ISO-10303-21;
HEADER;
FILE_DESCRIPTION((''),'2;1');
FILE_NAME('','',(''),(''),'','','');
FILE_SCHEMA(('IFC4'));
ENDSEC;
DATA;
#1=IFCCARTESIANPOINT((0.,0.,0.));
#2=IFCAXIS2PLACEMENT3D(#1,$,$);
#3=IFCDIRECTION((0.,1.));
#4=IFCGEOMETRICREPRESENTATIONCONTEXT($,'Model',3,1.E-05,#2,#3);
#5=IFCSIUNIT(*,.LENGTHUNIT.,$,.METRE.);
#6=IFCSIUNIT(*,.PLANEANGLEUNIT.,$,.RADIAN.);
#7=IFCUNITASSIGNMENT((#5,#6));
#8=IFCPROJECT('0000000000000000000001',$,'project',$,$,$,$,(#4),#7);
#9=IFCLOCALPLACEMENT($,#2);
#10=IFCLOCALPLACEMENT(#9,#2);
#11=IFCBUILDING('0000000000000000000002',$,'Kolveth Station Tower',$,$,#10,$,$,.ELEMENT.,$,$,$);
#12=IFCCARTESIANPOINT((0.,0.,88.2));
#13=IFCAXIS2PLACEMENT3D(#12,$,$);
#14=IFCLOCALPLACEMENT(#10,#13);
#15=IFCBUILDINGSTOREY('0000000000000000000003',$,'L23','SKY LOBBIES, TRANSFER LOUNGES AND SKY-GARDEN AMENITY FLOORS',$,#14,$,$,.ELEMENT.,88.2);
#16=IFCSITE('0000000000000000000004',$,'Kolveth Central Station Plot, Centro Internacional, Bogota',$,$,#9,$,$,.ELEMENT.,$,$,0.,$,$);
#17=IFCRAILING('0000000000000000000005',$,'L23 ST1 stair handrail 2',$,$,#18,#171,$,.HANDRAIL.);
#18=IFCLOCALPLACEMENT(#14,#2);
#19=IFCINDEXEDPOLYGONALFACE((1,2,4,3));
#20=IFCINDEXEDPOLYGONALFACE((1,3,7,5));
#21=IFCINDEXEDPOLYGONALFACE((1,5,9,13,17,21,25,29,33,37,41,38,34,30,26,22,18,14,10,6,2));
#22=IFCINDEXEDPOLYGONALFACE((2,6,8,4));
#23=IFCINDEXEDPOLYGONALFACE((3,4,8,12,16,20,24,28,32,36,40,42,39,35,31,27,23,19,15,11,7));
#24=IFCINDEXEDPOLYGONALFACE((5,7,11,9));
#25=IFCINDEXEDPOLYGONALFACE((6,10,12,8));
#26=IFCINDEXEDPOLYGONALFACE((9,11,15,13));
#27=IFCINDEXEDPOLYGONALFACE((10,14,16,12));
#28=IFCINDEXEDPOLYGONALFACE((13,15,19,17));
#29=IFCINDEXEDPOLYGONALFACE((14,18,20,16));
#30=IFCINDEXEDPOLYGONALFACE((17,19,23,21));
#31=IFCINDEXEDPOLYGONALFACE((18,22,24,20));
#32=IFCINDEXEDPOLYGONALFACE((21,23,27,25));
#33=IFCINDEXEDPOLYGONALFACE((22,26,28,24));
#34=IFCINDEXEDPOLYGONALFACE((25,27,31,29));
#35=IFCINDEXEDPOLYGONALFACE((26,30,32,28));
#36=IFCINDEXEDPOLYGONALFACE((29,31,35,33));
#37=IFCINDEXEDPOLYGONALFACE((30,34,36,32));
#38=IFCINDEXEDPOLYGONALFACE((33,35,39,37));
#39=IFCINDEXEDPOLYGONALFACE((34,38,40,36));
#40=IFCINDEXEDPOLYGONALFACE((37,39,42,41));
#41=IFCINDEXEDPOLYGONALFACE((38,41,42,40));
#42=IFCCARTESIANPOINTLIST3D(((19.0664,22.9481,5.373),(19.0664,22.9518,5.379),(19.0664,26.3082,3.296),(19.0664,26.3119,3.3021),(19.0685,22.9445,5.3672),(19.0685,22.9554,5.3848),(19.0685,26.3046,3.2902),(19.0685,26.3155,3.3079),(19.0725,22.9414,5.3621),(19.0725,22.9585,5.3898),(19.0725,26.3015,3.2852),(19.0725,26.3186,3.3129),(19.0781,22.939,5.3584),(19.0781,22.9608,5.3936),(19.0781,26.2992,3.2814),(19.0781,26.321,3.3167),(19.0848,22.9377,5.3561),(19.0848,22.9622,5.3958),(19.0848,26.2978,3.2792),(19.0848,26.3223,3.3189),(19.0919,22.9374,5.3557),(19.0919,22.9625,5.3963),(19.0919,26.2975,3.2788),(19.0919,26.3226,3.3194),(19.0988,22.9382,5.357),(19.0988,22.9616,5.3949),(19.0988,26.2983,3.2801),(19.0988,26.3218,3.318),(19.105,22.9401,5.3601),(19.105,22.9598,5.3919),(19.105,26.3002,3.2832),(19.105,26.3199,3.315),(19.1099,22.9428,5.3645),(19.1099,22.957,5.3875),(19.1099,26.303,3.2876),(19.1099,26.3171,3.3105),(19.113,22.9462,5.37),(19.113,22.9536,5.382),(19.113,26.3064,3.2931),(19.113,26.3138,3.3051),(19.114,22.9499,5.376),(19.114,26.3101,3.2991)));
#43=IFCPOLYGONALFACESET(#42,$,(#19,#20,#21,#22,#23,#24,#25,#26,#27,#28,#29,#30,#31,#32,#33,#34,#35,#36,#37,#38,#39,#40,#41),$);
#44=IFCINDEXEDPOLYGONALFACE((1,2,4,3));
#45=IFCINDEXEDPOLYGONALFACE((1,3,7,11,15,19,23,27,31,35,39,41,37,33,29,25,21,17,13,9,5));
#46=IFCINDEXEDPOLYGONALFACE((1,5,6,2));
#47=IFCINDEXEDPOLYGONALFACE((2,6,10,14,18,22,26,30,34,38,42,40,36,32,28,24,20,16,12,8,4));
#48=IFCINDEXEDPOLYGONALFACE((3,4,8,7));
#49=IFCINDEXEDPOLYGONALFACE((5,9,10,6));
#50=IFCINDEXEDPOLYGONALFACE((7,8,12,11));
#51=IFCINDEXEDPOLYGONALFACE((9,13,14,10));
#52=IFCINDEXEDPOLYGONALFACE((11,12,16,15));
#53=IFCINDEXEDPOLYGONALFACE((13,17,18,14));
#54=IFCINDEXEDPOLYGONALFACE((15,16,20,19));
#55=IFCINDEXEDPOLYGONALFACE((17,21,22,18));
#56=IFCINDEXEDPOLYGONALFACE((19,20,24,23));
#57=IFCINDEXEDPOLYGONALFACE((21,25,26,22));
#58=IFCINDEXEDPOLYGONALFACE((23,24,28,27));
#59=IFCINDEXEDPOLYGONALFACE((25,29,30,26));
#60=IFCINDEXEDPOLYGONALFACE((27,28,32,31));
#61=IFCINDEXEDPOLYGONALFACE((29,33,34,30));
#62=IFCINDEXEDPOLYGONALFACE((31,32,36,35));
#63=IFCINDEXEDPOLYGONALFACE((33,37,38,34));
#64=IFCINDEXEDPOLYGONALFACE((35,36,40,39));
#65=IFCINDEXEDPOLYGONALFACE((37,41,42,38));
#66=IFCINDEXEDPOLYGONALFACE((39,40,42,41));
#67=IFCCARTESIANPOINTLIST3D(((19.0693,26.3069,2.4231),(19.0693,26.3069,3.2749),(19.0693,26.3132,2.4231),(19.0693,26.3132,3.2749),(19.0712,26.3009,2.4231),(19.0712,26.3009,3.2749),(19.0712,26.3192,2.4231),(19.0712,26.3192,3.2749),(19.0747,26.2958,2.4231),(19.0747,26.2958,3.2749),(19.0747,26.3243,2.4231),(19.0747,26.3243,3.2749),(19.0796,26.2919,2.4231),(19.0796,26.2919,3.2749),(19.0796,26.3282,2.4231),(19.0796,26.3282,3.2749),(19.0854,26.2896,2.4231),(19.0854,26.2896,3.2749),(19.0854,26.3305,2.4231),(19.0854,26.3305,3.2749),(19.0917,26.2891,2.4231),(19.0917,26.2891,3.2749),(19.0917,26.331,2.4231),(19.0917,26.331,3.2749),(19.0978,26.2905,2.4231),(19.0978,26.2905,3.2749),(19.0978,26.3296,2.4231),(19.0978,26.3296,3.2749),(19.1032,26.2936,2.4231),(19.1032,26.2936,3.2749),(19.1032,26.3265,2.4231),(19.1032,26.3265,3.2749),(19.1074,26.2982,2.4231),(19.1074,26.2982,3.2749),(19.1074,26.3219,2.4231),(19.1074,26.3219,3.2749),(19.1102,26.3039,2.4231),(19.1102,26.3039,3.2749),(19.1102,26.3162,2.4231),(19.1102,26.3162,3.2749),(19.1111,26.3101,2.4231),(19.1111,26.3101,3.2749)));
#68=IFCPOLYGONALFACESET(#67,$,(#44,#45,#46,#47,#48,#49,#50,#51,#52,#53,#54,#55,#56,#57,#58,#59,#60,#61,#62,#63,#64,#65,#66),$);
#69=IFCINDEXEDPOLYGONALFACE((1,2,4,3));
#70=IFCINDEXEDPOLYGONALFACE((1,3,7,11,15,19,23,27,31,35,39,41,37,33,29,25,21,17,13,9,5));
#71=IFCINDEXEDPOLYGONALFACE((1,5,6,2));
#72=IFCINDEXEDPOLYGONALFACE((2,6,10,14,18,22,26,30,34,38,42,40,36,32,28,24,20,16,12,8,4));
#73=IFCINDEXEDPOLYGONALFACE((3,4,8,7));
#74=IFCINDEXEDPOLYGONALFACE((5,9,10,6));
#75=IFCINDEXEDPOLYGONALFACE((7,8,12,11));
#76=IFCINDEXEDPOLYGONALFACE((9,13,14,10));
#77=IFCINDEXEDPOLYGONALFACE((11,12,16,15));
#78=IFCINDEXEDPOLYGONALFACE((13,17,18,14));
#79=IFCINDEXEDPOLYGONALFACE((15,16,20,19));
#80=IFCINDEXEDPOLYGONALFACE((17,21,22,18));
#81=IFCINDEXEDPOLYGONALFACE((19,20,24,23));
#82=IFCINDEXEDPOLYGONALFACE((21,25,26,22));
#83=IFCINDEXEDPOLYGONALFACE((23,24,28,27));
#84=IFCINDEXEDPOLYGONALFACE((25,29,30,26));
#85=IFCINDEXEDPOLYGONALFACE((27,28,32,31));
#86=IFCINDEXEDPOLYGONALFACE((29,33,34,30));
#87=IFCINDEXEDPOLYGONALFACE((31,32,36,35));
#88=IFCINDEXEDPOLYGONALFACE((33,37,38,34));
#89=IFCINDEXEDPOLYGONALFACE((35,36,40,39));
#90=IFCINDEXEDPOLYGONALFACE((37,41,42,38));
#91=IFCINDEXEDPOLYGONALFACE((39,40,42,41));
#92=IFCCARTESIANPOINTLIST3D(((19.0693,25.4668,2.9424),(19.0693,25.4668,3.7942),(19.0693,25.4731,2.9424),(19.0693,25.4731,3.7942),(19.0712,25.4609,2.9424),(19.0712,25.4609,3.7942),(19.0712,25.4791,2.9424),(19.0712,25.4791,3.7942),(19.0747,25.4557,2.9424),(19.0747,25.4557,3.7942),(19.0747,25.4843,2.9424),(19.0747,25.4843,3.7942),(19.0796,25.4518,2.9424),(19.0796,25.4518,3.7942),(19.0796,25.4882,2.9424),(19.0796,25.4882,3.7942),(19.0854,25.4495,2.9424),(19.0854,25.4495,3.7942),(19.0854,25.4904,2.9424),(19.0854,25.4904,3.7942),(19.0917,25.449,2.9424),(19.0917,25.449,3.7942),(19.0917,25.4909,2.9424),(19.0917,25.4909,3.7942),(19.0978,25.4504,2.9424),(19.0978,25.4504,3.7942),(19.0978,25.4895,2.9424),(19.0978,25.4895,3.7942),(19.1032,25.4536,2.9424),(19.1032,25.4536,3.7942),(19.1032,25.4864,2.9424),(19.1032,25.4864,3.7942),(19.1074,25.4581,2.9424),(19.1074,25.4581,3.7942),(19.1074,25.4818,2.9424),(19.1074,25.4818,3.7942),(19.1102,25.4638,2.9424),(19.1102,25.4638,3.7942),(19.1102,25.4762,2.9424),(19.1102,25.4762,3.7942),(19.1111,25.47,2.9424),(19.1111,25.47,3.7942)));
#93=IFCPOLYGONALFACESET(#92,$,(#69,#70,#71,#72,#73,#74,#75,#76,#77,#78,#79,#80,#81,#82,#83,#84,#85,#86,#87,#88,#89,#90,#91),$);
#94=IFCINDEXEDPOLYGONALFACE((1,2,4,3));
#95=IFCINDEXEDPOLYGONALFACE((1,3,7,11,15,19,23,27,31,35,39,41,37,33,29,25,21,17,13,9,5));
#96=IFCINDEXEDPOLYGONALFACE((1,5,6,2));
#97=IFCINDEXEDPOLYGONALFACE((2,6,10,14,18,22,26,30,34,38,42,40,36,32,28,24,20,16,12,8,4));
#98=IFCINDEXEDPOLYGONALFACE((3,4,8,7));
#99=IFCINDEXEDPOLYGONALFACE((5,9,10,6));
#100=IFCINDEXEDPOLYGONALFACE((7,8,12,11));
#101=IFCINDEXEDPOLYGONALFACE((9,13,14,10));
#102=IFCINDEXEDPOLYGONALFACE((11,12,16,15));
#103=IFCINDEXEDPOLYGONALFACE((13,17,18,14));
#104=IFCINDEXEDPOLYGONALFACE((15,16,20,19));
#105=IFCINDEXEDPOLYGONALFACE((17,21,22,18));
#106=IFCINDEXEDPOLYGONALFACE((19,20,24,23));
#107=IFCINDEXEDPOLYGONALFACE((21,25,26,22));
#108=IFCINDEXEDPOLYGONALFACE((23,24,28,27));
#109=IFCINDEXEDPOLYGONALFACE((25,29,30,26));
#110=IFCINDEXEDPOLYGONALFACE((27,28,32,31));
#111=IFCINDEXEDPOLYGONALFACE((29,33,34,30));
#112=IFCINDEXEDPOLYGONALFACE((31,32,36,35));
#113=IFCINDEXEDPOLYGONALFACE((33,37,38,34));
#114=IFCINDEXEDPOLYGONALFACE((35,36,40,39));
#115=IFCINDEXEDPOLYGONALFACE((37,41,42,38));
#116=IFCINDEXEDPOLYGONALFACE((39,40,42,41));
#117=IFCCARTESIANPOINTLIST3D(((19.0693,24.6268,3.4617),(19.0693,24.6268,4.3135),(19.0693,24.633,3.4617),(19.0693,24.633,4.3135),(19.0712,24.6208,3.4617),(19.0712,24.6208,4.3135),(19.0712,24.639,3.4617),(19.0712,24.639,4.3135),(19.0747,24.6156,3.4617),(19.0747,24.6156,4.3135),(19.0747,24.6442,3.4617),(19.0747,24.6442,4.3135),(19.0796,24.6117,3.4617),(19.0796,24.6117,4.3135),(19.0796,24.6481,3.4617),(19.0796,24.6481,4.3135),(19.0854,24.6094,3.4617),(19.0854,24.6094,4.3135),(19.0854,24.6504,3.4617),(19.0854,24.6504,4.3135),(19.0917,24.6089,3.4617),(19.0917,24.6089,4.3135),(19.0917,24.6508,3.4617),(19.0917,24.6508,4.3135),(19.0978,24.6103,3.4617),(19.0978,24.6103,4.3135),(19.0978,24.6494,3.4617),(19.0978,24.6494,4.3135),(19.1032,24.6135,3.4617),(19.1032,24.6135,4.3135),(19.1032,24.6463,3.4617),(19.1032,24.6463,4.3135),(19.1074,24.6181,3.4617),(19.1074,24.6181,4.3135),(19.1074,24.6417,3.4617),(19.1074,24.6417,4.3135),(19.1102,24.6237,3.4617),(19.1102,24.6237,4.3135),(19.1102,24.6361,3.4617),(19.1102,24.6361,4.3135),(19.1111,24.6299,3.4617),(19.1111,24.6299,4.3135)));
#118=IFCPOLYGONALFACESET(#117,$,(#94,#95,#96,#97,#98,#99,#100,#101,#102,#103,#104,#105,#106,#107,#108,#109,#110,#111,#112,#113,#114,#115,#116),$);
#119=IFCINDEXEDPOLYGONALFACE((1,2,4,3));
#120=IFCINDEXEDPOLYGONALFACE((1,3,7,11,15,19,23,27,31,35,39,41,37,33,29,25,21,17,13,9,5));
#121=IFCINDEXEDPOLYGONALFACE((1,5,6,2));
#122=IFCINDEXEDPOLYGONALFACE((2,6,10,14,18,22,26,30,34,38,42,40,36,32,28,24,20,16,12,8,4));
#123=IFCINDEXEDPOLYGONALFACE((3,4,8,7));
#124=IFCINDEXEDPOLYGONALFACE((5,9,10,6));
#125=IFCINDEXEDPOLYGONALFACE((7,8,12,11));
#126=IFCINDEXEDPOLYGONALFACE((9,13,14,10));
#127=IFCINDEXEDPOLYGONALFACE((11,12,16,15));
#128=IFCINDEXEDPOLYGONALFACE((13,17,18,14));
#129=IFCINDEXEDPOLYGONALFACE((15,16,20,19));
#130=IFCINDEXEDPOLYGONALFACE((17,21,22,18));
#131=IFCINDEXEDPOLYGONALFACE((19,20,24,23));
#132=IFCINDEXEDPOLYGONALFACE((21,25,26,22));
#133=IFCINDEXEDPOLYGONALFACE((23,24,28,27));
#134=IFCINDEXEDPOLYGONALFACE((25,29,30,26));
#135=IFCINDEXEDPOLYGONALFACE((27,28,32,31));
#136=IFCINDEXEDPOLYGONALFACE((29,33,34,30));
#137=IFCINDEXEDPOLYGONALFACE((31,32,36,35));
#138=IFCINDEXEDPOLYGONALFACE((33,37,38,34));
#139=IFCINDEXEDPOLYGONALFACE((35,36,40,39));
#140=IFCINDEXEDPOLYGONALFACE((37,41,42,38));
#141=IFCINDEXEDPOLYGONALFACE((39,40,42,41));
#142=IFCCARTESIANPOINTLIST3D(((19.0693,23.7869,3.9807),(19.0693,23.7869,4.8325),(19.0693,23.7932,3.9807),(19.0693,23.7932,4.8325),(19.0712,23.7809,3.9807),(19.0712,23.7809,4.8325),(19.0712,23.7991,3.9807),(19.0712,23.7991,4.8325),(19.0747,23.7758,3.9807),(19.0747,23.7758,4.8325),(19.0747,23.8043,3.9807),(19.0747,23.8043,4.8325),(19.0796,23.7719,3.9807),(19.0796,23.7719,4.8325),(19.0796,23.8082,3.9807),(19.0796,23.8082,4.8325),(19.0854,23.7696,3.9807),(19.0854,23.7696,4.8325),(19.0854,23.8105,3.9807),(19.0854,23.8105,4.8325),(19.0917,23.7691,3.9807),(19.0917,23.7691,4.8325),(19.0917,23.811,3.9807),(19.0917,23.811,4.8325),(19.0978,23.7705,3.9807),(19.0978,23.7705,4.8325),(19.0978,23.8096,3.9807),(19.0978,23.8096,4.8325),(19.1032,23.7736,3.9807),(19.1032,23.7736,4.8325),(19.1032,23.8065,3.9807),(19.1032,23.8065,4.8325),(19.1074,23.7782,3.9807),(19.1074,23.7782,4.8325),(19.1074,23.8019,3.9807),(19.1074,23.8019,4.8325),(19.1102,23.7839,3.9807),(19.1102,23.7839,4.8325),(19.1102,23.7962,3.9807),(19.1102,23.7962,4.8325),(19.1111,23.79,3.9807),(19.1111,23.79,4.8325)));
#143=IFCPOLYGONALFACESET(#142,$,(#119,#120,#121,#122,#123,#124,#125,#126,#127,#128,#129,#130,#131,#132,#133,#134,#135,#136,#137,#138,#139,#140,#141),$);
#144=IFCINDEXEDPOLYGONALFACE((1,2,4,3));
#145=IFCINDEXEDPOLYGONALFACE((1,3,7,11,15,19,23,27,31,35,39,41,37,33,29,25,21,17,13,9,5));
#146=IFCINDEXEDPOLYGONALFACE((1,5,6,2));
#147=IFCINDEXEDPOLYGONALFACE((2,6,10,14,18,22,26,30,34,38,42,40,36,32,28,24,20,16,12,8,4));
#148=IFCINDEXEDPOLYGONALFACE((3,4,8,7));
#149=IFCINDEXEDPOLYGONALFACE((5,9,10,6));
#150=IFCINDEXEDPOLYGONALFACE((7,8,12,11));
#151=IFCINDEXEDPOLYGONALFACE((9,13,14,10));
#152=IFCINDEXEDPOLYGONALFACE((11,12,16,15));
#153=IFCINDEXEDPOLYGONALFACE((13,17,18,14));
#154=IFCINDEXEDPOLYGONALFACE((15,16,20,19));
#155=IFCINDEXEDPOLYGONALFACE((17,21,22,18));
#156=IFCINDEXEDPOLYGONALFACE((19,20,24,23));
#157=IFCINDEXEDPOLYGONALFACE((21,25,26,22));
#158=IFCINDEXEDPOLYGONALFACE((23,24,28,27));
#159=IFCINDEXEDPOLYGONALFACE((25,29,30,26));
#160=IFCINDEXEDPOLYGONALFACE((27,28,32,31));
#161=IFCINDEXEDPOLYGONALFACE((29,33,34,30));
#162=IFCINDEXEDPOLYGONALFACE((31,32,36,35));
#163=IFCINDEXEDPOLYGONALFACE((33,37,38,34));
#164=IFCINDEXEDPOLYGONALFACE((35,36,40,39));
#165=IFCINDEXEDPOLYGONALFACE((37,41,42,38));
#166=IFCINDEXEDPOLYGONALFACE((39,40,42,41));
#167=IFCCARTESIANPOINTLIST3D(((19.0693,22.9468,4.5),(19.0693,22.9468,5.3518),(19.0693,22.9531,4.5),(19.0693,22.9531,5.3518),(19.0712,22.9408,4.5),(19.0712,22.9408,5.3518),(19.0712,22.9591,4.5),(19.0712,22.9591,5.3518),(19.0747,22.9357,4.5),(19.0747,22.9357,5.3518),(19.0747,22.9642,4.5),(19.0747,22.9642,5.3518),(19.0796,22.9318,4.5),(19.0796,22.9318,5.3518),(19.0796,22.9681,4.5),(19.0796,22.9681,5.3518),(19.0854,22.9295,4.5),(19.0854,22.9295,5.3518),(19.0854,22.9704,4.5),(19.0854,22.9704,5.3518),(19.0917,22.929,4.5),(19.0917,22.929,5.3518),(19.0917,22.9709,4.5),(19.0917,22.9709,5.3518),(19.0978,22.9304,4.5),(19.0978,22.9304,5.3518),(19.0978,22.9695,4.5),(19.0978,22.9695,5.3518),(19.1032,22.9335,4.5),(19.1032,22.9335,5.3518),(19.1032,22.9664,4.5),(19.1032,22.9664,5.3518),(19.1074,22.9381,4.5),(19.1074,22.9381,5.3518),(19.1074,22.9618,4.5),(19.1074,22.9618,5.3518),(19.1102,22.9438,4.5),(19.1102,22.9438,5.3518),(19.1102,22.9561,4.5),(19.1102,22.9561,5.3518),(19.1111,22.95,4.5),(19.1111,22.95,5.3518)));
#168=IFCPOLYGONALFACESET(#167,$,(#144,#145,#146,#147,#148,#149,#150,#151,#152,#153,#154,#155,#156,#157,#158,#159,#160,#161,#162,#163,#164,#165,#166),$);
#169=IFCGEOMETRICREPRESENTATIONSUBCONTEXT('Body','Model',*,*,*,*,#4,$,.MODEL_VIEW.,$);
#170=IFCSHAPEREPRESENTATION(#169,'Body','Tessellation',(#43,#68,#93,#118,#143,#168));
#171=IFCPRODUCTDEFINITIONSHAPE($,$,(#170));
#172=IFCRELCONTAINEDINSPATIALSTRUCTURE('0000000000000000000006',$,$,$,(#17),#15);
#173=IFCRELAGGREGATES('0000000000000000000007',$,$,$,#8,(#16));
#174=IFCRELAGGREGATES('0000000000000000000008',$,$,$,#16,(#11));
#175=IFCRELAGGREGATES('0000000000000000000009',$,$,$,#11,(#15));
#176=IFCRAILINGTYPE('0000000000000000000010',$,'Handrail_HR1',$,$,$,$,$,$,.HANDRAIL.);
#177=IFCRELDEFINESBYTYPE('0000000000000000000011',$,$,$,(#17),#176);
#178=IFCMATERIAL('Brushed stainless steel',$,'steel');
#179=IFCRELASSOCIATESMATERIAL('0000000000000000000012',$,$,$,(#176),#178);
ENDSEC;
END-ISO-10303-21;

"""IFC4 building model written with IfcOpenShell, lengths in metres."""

from ifc_helpers import new_model, si_unit, direction, frame, origin, origin_2d, place, context, subcontext, project, spatial, circle, extrude, material, type_object, element, save


model = new_model("IFC4")

# Units and contexts
model_context = context("Model", 3, precision=1e-05, world=origin(), true_north=direction((0.0, 1.0)))
body_context = subcontext(model_context, "Body", "Model", "MODEL_VIEW")
ifc_project = project(units=[si_unit("LENGTHUNIT", "METRE"), si_unit("PLANEANGLEUNIT", "RADIAN")], contexts=[model_context])

# Site, building, storey
site_placement = place(None, origin())
site = spatial("IfcSite", under=ifc_project, at=site_placement, Name="Kolveth Central Station Plot, Centro Internacional, Bogota", CompositionType="ELEMENT", RefElevation=0.0)
building_placement = place(site_placement, origin())
building = spatial("IfcBuilding", under=site, at=building_placement, Name="Kolveth Station Tower", CompositionType="ELEMENT")
storey_placement = place(building_placement, frame((0.0, 0.0, 88.2)))
storey = spatial("IfcBuildingStorey", under=building, at=storey_placement, Name="L23", Description="SKY LOBBIES, TRANSFER LOUNGES AND SKY-GARDEN AMENITY FLOORS", CompositionType="ELEMENT", Elevation=88.2)

# Railing
ifc_material_1 = material(Name="Brushed stainless steel", Category="steel")
railing_type_1 = type_object("IfcRailingType", Name="Handrail_HR1", PredefinedType="HANDRAIL", material=ifc_material_1)
railing_1_placement = place(storey_placement, frame((19.0901, 26.3101, 2.4231)))
element("IfcRailing", 1, at=railing_1_placement, inside=storey, type_object=railing_type_1, Name="L23 ST1 stair handrail 2", PredefinedType="HANDRAIL", context=body_context, shape_type="SweptSolid", body=[
    extrude(circle(Radius=0.0239, at=origin_2d()), frame((0.0, 0.0, 0.876), z_axis=(0.0, -0.850623, 0.525776), x_axis=(1.0, 0.0, 0.0)), (0.0, 0.0, 1.0), 3.9502),
    extrude(circle(Radius=0.021, at=origin_2d()), origin(), (0.0, 0.0, 1.0), 0.8518),
    extrude(circle(Radius=0.021, at=origin_2d()), frame((0.0, -0.8401, 0.5193)), (0.0, 0.0, 1.0), 0.8518),
    extrude(circle(Radius=0.021, at=origin_2d()), frame((0.0, -1.6802, 1.0386)), (0.0, 0.0, 1.0), 0.8518),
    extrude(circle(Radius=0.021, at=origin_2d()), frame((0.0, -2.52, 1.5576)), (0.0, 0.0, 1.0), 0.8518),
    extrude(circle(Radius=0.021, at=origin_2d()), frame((0.0, -3.3601, 2.0769)), (0.0, 0.0, 1.0), 0.8518),
])

save(model, "model.ifc")
